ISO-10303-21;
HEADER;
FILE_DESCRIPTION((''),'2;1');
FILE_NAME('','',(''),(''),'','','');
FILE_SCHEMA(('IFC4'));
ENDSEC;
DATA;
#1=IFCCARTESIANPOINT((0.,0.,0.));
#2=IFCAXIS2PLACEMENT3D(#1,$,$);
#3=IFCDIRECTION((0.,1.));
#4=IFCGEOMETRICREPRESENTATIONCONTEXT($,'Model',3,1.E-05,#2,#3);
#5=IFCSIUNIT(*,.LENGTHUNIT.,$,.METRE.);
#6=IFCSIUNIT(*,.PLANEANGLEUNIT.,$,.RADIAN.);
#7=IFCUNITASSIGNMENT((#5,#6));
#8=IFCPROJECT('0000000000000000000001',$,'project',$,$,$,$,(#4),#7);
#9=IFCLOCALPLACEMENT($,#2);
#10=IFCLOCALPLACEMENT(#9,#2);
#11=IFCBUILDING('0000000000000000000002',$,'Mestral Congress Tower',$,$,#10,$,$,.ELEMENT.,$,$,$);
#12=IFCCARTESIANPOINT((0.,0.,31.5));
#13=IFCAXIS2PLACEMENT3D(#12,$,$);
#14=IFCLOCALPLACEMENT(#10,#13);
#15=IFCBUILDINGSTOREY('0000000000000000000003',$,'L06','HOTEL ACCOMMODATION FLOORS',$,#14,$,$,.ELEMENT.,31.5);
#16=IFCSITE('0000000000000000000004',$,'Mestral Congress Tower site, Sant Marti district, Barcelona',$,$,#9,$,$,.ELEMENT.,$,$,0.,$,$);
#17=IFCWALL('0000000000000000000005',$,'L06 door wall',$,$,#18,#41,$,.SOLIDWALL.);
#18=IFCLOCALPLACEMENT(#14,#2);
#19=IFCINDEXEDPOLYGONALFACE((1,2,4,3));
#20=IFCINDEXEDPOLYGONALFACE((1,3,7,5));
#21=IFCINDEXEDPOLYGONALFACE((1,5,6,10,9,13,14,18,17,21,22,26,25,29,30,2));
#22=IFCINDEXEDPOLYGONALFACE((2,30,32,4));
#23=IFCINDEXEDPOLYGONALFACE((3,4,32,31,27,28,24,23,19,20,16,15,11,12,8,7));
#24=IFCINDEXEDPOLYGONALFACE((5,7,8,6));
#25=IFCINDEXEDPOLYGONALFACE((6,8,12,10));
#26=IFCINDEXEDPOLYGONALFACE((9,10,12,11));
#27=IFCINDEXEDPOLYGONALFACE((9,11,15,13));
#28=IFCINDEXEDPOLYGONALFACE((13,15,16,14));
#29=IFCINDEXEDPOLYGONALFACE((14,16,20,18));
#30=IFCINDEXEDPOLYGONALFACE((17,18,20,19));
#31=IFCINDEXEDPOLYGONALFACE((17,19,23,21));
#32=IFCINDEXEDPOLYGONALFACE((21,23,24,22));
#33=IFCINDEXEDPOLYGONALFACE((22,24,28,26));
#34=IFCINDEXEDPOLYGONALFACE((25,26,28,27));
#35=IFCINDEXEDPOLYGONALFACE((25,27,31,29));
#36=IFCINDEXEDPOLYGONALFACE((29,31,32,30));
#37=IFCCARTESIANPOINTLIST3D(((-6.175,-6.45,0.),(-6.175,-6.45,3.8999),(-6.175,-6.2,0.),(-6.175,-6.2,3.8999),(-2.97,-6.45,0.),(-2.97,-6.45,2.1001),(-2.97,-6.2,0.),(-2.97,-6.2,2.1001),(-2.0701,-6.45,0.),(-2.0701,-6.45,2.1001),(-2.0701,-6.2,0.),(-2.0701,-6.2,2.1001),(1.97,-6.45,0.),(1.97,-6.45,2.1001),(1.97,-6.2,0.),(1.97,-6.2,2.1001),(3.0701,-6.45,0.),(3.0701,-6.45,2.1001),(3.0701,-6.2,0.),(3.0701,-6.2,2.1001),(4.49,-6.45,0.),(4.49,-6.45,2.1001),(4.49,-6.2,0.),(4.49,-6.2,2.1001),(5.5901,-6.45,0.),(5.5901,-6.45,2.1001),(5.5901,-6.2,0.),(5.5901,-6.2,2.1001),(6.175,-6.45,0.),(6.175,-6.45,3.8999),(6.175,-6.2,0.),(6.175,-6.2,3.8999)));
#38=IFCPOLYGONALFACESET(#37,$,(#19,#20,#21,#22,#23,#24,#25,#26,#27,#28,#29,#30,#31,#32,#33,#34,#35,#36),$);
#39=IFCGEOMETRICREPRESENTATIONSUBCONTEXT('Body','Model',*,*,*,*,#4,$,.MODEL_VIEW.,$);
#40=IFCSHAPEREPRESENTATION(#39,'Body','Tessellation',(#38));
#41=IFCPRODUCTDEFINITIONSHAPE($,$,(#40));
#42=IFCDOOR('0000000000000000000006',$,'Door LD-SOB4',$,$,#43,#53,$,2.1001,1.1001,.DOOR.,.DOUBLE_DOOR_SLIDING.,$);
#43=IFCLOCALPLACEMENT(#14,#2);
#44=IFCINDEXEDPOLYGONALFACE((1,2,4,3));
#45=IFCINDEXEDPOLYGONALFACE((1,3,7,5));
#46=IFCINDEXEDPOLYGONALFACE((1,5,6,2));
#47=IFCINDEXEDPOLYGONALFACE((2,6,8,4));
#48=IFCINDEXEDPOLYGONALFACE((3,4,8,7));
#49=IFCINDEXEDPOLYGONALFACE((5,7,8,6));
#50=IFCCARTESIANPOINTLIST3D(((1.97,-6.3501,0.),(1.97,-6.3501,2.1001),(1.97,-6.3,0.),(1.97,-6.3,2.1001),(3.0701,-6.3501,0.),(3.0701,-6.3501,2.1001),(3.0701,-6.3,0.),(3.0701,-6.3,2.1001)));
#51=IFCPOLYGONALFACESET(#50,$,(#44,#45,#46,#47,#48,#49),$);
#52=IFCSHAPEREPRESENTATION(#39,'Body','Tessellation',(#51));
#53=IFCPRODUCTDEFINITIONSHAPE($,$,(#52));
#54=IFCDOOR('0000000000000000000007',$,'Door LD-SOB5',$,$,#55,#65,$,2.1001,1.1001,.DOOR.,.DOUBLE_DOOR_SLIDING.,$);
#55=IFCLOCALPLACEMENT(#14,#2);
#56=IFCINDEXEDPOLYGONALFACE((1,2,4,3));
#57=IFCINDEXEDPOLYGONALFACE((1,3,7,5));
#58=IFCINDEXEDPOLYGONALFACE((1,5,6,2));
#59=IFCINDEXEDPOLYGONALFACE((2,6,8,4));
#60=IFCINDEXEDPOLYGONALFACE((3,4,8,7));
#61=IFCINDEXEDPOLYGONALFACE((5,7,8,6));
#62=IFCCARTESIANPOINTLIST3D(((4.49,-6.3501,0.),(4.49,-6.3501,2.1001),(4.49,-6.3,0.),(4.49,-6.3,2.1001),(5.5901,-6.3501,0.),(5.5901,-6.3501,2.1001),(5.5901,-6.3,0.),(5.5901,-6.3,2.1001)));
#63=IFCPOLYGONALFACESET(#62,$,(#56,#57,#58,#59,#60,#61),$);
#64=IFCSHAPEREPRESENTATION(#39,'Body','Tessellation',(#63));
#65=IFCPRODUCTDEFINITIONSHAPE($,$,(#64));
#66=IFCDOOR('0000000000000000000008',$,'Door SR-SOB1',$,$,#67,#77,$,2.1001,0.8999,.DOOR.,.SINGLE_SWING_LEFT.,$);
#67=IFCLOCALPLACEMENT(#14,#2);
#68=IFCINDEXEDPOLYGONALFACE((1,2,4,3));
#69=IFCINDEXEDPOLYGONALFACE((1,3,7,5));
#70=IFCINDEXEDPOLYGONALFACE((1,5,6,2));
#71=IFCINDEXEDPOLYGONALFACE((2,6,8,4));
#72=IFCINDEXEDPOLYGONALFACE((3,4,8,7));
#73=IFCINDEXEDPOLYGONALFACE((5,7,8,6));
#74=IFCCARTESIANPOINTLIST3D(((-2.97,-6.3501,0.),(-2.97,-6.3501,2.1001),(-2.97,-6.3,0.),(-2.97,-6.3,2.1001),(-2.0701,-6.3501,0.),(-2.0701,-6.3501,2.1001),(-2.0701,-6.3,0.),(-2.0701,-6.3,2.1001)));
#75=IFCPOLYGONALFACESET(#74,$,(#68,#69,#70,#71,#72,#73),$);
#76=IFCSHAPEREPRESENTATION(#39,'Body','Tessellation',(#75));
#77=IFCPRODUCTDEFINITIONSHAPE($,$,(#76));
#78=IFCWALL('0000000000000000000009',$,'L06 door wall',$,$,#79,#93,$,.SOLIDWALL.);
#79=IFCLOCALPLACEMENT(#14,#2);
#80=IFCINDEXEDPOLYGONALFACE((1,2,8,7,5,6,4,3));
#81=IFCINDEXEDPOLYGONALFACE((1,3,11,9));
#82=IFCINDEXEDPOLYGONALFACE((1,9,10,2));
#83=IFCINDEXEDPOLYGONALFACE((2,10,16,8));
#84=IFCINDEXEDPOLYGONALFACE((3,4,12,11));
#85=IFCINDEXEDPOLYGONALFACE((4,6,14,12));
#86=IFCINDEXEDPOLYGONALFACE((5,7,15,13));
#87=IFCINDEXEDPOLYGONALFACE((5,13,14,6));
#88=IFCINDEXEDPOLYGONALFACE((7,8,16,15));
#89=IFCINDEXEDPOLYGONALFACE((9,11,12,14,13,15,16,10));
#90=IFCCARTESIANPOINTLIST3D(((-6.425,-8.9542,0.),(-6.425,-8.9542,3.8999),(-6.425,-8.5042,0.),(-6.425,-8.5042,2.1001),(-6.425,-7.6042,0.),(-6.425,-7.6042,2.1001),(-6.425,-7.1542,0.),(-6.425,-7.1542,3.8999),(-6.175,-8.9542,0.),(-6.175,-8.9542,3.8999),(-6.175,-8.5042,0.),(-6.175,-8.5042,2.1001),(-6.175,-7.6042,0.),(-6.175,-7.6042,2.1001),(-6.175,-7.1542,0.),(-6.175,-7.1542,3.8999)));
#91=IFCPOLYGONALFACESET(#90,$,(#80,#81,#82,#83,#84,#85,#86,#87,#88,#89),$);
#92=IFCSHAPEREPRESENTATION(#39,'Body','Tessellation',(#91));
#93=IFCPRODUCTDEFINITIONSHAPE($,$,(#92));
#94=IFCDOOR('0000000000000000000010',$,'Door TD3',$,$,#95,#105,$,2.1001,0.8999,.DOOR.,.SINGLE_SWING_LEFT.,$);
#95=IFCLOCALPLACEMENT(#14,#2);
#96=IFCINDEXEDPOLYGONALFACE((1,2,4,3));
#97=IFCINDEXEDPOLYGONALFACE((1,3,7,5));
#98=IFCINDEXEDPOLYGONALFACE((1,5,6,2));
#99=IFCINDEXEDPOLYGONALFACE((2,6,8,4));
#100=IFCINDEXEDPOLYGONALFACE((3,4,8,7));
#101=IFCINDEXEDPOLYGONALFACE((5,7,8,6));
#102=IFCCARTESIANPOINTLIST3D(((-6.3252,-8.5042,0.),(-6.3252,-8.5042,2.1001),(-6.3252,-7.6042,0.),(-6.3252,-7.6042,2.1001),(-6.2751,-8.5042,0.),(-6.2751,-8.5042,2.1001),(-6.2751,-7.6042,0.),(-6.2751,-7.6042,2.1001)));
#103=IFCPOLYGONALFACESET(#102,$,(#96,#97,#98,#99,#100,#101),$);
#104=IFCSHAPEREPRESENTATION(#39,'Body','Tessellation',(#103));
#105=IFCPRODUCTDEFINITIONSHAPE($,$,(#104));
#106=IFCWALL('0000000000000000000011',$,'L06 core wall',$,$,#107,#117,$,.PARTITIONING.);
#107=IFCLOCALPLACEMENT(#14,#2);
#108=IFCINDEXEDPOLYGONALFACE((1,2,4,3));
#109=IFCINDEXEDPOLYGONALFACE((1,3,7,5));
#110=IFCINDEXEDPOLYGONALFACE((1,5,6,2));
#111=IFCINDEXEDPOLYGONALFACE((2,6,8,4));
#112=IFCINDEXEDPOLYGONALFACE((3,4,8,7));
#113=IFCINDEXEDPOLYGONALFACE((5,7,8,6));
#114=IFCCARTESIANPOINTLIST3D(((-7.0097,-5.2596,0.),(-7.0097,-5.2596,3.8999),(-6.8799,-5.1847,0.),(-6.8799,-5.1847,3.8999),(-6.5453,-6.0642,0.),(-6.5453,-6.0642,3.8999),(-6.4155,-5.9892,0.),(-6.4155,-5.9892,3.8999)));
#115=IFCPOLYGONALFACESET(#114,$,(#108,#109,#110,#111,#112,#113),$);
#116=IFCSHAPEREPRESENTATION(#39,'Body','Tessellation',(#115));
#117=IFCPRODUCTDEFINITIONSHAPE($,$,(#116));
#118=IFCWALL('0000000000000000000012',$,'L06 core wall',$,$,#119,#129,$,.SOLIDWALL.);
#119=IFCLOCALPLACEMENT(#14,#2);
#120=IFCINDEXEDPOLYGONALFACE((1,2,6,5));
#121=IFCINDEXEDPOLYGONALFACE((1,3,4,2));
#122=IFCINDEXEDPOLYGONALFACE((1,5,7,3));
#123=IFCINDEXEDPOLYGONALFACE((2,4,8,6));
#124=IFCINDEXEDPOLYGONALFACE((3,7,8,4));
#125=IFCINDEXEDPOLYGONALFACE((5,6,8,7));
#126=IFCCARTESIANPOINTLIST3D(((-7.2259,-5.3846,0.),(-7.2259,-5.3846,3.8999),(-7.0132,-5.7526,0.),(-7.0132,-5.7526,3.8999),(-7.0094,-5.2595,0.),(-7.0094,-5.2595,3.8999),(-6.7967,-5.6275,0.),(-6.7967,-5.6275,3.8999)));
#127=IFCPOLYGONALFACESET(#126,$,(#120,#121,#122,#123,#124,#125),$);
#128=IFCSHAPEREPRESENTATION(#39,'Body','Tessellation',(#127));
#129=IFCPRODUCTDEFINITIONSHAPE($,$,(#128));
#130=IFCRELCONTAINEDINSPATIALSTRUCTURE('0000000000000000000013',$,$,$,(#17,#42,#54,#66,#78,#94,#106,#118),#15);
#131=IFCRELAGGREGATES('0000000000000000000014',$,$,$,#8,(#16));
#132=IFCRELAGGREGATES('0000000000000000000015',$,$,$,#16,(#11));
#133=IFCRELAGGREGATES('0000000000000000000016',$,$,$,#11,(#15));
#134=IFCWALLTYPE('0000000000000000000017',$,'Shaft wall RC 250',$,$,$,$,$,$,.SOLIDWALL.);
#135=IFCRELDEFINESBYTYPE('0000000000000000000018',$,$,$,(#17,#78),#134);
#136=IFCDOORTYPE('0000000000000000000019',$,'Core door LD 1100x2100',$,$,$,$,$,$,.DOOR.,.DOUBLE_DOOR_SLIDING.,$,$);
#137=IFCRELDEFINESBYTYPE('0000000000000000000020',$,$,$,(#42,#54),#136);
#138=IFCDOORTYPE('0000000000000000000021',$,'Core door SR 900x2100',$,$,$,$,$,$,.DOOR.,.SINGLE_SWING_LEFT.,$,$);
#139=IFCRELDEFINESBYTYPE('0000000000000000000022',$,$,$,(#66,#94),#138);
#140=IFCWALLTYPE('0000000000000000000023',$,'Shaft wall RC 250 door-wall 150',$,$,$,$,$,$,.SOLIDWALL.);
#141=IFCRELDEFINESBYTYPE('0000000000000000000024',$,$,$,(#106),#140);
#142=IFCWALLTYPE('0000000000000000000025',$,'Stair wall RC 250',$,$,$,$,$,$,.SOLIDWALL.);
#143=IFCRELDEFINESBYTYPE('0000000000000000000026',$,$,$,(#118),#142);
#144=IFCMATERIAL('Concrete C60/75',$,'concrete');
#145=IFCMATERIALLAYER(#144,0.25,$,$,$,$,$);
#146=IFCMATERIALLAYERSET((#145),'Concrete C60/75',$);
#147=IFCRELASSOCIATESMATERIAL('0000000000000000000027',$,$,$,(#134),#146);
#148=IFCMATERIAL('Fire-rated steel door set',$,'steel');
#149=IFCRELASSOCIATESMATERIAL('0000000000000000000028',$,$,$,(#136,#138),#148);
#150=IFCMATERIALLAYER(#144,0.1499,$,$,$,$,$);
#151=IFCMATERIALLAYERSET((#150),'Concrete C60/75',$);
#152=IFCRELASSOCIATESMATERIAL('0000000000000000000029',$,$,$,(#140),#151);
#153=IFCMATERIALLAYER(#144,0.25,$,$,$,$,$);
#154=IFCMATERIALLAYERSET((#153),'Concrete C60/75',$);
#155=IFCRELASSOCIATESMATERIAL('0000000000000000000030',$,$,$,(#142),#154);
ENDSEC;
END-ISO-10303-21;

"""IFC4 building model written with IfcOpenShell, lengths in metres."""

from ifc_helpers import new_model, si_unit, direction, frame, frame_2d, origin, place, context, subcontext, project, spatial, rectangle, extrude, material, layer, layer_set, type_object, element, fill, save


model = new_model("IFC4")

# Units and contexts
model_context = context("Model", 3, precision=1e-05, world=origin(), true_north=direction((0.0, 1.0)))
body_context = subcontext(model_context, "Body", "Model", "MODEL_VIEW")
ifc_project = project(units=[si_unit("LENGTHUNIT", "METRE"), si_unit("PLANEANGLEUNIT", "RADIAN")], contexts=[model_context])

# Site, building, storey
site_placement = place(None, origin())
site = spatial("IfcSite", under=ifc_project, at=site_placement, Name="Mestral Congress Tower site, Sant Marti district, Barcelona", CompositionType="ELEMENT", RefElevation=0.0)
building_placement = place(site_placement, origin())
building = spatial("IfcBuilding", under=site, at=building_placement, Name="Mestral Congress Tower", CompositionType="ELEMENT")
storey_placement = place(building_placement, frame((0.0, 0.0, 31.5)))
storey = spatial("IfcBuildingStorey", under=building, at=storey_placement, Name="L06", Description="HOTEL ACCOMMODATION FLOORS", CompositionType="ELEMENT", Elevation=31.5)

# Shared definitions
ifc_material_1 = material(Name="Fire-rated steel door set", Category="steel")

# Shared definitions
ifc_material_2 = material(Name="Concrete C60/75", Category="concrete")
ifc_layer_1 = layer(ifc_material_2, 0.25)
ifc_layer_set_1 = layer_set([ifc_layer_1], Name="Concrete C60/75")
wall_type_1 = type_object("IfcWallType", Name="Shaft wall RC 250", PredefinedType="SOLIDWALL", material=ifc_layer_set_1)

# Wall, openings, doors
door_type_1 = type_object("IfcDoorType", Name="Core door LD 1100x2100", OperationType="DOUBLE_DOOR_SLIDING", PredefinedType="DOOR", material=ifc_material_1)
wall_1_placement = place(storey_placement, frame((-6.175, -6.325, 0.0), z_axis=(0.0, 0.0, 1.0), x_axis=(1.0, 0.0, 0.0)))
wall_1 = element("IfcWall", 1, at=wall_1_placement, inside=storey, type_object=wall_type_1, Name="L06 door wall", PredefinedType="SOLIDWALL", context=body_context, shape_type="SweptSolid", body=[
    extrude(rectangle(XDim=12.3501, YDim=0.25, at=frame_2d((6.175, 0.0))), origin(), (0.0, 0.0, 1.0), 3.8999),
])
opening_1_placement = place(wall_1_placement, frame((3.2051, 0.0, 0.0)))
opening_1 = element("IfcOpeningElement", 2, at=opening_1_placement, cuts=wall_1, PredefinedType="OPENING", context=body_context, shape_type="SweptSolid", body=[
    extrude(rectangle(XDim=0.8999, YDim=2.1001, at=frame_2d((0.45, 1.05))), frame((0.0, 0.135, 0.0), z_axis=(0.0, -1.0, 0.0), x_axis=(1.0, 0.0, 0.0)), (0.0, 0.0, 1.0), 0.27),
])
opening_2_placement = place(wall_1_placement, frame((8.145, 0.0, 0.0)))
opening_2 = element("IfcOpeningElement", 3, at=opening_2_placement, cuts=wall_1, PredefinedType="OPENING", context=body_context, shape_type="SweptSolid", body=[
    extrude(rectangle(XDim=1.1001, YDim=2.1001, at=frame_2d((0.55, 1.05))), frame((0.0, 0.135, 0.0), z_axis=(0.0, -1.0, 0.0), x_axis=(1.0, 0.0, 0.0)), (0.0, 0.0, 1.0), 0.27),
])
opening_3_placement = place(wall_1_placement, frame((10.665, 0.0, 0.0)))
opening_3 = element("IfcOpeningElement", 4, at=opening_3_placement, cuts=wall_1, PredefinedType="OPENING", context=body_context, shape_type="SweptSolid", body=[
    extrude(rectangle(XDim=1.1001, YDim=2.1001, at=frame_2d((0.55, 1.05))), frame((0.0, 0.135, 0.0), z_axis=(0.0, -1.0, 0.0), x_axis=(1.0, 0.0, 0.0)), (0.0, 0.0, 1.0), 0.27),
])
door_1_placement = place(opening_2_placement, origin())
door_1 = element("IfcDoor", 5, at=door_1_placement, inside=storey, type_object=door_type_1, Name="Door LD-SOB4", OperationType="DOUBLE_DOOR_SLIDING", OverallHeight=2.1001, OverallWidth=1.1001, PredefinedType="DOOR", context=body_context, shape_type="SweptSolid", body=[
    extrude(rectangle(XDim=1.1001, YDim=2.1001, at=frame_2d((0.55, 1.05))), frame((0.0, 0.0249, 0.0), z_axis=(0.0, -1.0, 0.0), x_axis=(1.0, 0.0, 0.0)), (0.0, 0.0, 1.0), 0.05),
])
fill(opening_2, door_1)
door_2_placement = place(opening_3_placement, origin())
door_2 = element("IfcDoor", 6, at=door_2_placement, inside=storey, type_object=door_type_1, Name="Door LD-SOB5", OperationType="DOUBLE_DOOR_SLIDING", OverallHeight=2.1001, OverallWidth=1.1001, PredefinedType="DOOR", context=body_context, shape_type="SweptSolid", body=[
    extrude(rectangle(XDim=1.1001, YDim=2.1001, at=frame_2d((0.55, 1.05))), frame((0.0, 0.0249, 0.0), z_axis=(0.0, -1.0, 0.0), x_axis=(1.0, 0.0, 0.0)), (0.0, 0.0, 1.0), 0.05),
])
fill(opening_3, door_2)
door_type_2 = type_object("IfcDoorType", Name="Core door SR 900x2100", OperationType="SINGLE_SWING_LEFT", PredefinedType="DOOR", material=ifc_material_1)
door_3_placement = place(opening_1_placement, origin())
door_3 = element("IfcDoor", 7, at=door_3_placement, inside=storey, type_object=door_type_2, Name="Door SR-SOB1", OperationType="SINGLE_SWING_LEFT", OverallHeight=2.1001, OverallWidth=0.8999, PredefinedType="DOOR", context=body_context, shape_type="SweptSolid", body=[
    extrude(rectangle(XDim=0.8999, YDim=2.1001, at=frame_2d((0.45, 1.05))), frame((0.0, 0.0249, 0.0), z_axis=(0.0, -1.0, 0.0), x_axis=(1.0, 0.0, 0.0)), (0.0, 0.0, 1.0), 0.05),
])
fill(opening_1, door_3)

# Wall, opening, door
wall_2_placement = place(storey_placement, frame((-6.3, -7.1543, 0.0), z_axis=(0.0, 0.0, 1.0), x_axis=(0.0, -1.0, 0.0)))
wall_2 = element("IfcWall", 8, at=wall_2_placement, inside=storey, type_object=wall_type_1, Name="L06 door wall", PredefinedType="SOLIDWALL", context=body_context, shape_type="SweptSolid", body=[
    extrude(rectangle(XDim=1.8, YDim=0.25, at=frame_2d((0.8999, 0.0))), origin(), (0.0, 0.0, 1.0), 3.8999),
])
opening_4_placement = place(wall_2_placement, frame((0.45, 0.0, 0.0)))
opening_4 = element("IfcOpeningElement", 9, at=opening_4_placement, cuts=wall_2, PredefinedType="OPENING", context=body_context, shape_type="SweptSolid", body=[
    extrude(rectangle(XDim=0.8999, YDim=2.1001, at=frame_2d((0.45, 1.05))), frame((0.0, 0.135, 0.0), z_axis=(0.0, -1.0, 0.0), x_axis=(1.0, 0.0, 0.0)), (0.0, 0.0, 1.0), 0.27),
])
door_4_placement = place(opening_4_placement, origin())
door_4 = element("IfcDoor", 10, at=door_4_placement, inside=storey, type_object=door_type_2, Name="Door TD3", OperationType="SINGLE_SWING_LEFT", OverallHeight=2.1001, OverallWidth=0.8999, PredefinedType="DOOR", context=body_context, shape_type="SweptSolid", body=[
    extrude(rectangle(XDim=0.8999, YDim=2.1001, at=frame_2d((0.45, 1.05))), frame((0.0, 0.0249, 0.0), z_axis=(0.0, -1.0, 0.0), x_axis=(1.0, 0.0, 0.0)), (0.0, 0.0, 1.0), 0.05),
])
fill(opening_4, door_4)

# Walls
ifc_layer_2 = layer(ifc_material_2, 0.1499)
ifc_layer_set_2 = layer_set([ifc_layer_2], Name="Concrete C60/75")
wall_type_2 = type_object("IfcWallType", Name="Shaft wall RC 250 door-wall 150", PredefinedType="SOLIDWALL", material=ifc_layer_set_2)
wall_3_placement = place(storey_placement, frame((-6.4805, -6.0266, 0.0), z_axis=(0.0, 0.0, 1.0), x_axis=(-0.499927, 0.866067, 0.0)))
element("IfcWall", 11, at=wall_3_placement, inside=storey, type_object=wall_type_2, Name="L06 core wall", PredefinedType="PARTITIONING", context=body_context, shape_type="SweptSolid", body=[
    extrude(rectangle(XDim=0.929, YDim=0.1499, at=frame_2d((0.4644, 0.0))), origin(), (0.0, 0.0, 1.0), 3.8999),
])
ifc_layer_3 = layer(ifc_material_2, 0.25)
ifc_layer_set_3 = layer_set([ifc_layer_3], Name="Concrete C60/75")
wall_type_3 = type_object("IfcWallType", Name="Stair wall RC 250", PredefinedType="SOLIDWALL", material=ifc_layer_set_3)
wall_4_placement = place(storey_placement, frame((-6.905, -5.6899, 0.0), z_axis=(0.0, 0.0, 1.0), x_axis=(-0.500402, 0.865793, 0.0)))
element("IfcWall", 12, at=wall_4_placement, inside=storey, type_object=wall_type_3, Name="L06 core wall", PredefinedType="SOLIDWALL", context=body_context, shape_type="SweptSolid", body=[
    extrude(rectangle(XDim=0.425, YDim=0.25, at=frame_2d((0.2124, 0.0))), origin(), (0.0, 0.0, 1.0), 3.8999),
])

save(model, "model.ifc")
